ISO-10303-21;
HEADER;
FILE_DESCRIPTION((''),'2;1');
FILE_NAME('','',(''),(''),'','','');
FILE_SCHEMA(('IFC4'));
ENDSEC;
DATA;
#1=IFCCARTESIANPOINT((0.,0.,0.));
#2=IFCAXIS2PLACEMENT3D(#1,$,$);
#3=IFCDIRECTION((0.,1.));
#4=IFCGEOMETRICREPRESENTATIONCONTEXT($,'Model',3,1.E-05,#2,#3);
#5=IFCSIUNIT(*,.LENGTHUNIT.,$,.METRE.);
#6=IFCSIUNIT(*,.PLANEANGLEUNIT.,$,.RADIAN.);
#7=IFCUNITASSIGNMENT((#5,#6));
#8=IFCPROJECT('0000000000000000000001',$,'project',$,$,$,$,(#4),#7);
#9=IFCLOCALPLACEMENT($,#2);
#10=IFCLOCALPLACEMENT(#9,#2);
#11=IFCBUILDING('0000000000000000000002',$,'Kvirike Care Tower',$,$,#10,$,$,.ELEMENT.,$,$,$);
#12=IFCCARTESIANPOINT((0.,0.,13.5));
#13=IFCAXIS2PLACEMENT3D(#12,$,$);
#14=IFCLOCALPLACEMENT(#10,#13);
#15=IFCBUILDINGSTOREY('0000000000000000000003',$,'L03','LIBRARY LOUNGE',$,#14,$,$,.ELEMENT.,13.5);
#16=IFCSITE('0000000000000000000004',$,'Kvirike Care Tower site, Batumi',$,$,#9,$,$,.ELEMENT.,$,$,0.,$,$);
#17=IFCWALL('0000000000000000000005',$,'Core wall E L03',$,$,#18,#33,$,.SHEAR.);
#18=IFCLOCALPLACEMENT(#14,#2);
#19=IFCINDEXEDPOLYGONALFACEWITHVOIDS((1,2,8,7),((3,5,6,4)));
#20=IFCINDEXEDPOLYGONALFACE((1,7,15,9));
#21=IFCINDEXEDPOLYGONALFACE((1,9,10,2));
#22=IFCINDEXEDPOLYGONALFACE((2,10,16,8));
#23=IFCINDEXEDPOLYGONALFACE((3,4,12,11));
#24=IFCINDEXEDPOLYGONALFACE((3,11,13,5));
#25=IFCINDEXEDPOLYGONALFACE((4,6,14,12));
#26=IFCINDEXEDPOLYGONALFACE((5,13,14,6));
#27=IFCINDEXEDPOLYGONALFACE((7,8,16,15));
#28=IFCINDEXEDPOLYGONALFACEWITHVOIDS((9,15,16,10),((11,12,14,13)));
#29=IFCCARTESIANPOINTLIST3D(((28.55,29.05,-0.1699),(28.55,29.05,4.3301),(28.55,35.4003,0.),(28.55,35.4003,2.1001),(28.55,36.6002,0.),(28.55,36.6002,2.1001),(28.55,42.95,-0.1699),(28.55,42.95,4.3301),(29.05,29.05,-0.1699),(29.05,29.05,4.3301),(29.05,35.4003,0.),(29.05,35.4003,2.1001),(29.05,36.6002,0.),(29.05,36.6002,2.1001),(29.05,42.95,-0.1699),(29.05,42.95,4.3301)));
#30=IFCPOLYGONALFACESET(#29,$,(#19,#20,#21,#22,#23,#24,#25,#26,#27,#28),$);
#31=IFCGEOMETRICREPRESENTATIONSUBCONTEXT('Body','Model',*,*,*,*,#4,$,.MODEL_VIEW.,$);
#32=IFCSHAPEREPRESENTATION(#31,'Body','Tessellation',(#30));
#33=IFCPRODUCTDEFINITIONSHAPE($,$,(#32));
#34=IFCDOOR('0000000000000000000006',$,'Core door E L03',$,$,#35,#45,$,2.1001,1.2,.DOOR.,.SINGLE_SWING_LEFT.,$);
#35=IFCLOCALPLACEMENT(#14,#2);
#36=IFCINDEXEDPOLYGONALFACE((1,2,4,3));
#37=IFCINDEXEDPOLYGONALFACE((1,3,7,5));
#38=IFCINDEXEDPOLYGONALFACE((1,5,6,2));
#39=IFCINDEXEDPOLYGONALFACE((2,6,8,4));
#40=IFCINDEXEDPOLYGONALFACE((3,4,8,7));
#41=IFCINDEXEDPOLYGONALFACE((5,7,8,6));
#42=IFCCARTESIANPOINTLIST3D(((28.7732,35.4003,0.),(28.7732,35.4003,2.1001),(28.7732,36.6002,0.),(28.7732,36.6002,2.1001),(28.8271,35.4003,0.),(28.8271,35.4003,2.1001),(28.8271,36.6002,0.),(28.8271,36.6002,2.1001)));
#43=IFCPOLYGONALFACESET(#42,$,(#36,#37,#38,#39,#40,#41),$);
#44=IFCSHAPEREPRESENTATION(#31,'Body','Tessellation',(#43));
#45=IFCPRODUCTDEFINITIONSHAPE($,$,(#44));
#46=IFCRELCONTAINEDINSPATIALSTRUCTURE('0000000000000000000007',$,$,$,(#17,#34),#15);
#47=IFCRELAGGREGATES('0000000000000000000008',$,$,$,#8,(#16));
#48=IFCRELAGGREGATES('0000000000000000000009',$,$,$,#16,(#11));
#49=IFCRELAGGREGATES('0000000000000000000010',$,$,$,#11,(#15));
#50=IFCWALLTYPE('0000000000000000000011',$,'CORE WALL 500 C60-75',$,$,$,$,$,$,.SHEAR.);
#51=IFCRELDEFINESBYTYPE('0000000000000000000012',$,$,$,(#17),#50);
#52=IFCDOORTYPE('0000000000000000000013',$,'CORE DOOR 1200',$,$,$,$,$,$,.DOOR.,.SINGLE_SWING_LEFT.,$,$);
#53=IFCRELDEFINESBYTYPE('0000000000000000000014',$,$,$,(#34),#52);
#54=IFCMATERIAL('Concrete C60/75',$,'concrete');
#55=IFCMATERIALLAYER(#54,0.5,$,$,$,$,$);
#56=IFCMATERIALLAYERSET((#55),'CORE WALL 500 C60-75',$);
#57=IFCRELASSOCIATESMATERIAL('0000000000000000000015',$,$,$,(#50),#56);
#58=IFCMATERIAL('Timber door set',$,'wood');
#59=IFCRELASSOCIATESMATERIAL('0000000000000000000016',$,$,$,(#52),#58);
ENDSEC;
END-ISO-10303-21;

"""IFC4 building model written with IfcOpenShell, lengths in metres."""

from ifc_helpers import new_model, si_unit, direction, frame, frame_2d, origin, place, context, subcontext, project, spatial, rectangle, extrude, material, layer, layer_set, type_object, element, fill, save


model = new_model("IFC4")

# Units and contexts
model_context = context("Model", 3, precision=1e-05, world=origin(), true_north=direction((0.0, 1.0)))
body_context = subcontext(model_context, "Body", "Model", "MODEL_VIEW")
ifc_project = project(units=[si_unit("LENGTHUNIT", "METRE"), si_unit("PLANEANGLEUNIT", "RADIAN")], contexts=[model_context])

# Site, building, storey
site_placement = place(None, origin())
site = spatial("IfcSite", under=ifc_project, at=site_placement, Name="Kvirike Care Tower site, Batumi", CompositionType="ELEMENT", RefElevation=0.0)
building_placement = place(site_placement, origin())
building = spatial("IfcBuilding", under=site, at=building_placement, Name="Kvirike Care Tower", CompositionType="ELEMENT")
storey_placement = place(building_placement, frame((0.0, 0.0, 13.5)))
storey = spatial("IfcBuildingStorey", under=building, at=storey_placement, Name="L03", Description="LIBRARY LOUNGE", CompositionType="ELEMENT", Elevation=13.5)

# Wall, opening, door
ifc_material_1 = material(Name="Concrete C60/75", Category="concrete")
ifc_layer_1 = layer(ifc_material_1, 0.5)
ifc_layer_set_1 = layer_set([ifc_layer_1], Name="CORE WALL 500 C60-75")
wall_type_1 = type_object("IfcWallType", Name="CORE WALL 500 C60-75", PredefinedType="SHEAR", material=ifc_layer_set_1)
wall_1_placement = place(storey_placement, frame((28.8, 29.05, -0.1699), z_axis=(0.0, 0.0, 1.0), x_axis=(0.0, 1.0, 0.0)))
wall_1 = element("IfcWall", 1, at=wall_1_placement, inside=storey, type_object=wall_type_1, Name="Core wall E L03", PredefinedType="SHEAR", context=body_context, shape_type="SweptSolid", body=[
    extrude(rectangle(XDim=13.8999, YDim=0.5, at=frame_2d((6.95, 0.0))), origin(), (0.0, 0.0, 1.0), 4.5),
])
opening_1_placement = place(wall_1_placement, frame((6.3501, 0.0, 0.1699)))
opening_1 = element("IfcOpeningElement", 2, at=opening_1_placement, cuts=wall_1, PredefinedType="OPENING", context=body_context, shape_type="SweptSolid", body=[
    extrude(rectangle(XDim=1.2, YDim=2.1001, at=frame_2d((0.6001, 1.05))), frame((0.0, 0.2605, 0.0), z_axis=(0.0, -1.0, 0.0), x_axis=(1.0, 0.0, 0.0)), (0.0, 0.0, 1.0), 0.521),
])
ifc_material_2 = material(Name="Timber door set", Category="wood")
door_type_1 = type_object("IfcDoorType", Name="CORE DOOR 1200", OperationType="SINGLE_SWING_LEFT", PredefinedType="DOOR", material=ifc_material_2)
door_1_placement = place(opening_1_placement, origin())
door_1 = element("IfcDoor", 3, at=door_1_placement, inside=storey, type_object=door_type_1, Name="Core door E L03", OperationType="SINGLE_SWING_LEFT", OverallHeight=2.1001, OverallWidth=1.2, PredefinedType="DOOR", context=body_context, shape_type="SweptSolid", body=[
    extrude(rectangle(XDim=1.2, YDim=2.1001, at=frame_2d((0.6001, 1.05))), frame((0.0, 0.0269, 0.0), z_axis=(0.0, -1.0, 0.0), x_axis=(1.0, 0.0, 0.0)), (0.0, 0.0, 1.0), 0.054),
])
fill(opening_1, door_1)

save(model, "model.ifc")
